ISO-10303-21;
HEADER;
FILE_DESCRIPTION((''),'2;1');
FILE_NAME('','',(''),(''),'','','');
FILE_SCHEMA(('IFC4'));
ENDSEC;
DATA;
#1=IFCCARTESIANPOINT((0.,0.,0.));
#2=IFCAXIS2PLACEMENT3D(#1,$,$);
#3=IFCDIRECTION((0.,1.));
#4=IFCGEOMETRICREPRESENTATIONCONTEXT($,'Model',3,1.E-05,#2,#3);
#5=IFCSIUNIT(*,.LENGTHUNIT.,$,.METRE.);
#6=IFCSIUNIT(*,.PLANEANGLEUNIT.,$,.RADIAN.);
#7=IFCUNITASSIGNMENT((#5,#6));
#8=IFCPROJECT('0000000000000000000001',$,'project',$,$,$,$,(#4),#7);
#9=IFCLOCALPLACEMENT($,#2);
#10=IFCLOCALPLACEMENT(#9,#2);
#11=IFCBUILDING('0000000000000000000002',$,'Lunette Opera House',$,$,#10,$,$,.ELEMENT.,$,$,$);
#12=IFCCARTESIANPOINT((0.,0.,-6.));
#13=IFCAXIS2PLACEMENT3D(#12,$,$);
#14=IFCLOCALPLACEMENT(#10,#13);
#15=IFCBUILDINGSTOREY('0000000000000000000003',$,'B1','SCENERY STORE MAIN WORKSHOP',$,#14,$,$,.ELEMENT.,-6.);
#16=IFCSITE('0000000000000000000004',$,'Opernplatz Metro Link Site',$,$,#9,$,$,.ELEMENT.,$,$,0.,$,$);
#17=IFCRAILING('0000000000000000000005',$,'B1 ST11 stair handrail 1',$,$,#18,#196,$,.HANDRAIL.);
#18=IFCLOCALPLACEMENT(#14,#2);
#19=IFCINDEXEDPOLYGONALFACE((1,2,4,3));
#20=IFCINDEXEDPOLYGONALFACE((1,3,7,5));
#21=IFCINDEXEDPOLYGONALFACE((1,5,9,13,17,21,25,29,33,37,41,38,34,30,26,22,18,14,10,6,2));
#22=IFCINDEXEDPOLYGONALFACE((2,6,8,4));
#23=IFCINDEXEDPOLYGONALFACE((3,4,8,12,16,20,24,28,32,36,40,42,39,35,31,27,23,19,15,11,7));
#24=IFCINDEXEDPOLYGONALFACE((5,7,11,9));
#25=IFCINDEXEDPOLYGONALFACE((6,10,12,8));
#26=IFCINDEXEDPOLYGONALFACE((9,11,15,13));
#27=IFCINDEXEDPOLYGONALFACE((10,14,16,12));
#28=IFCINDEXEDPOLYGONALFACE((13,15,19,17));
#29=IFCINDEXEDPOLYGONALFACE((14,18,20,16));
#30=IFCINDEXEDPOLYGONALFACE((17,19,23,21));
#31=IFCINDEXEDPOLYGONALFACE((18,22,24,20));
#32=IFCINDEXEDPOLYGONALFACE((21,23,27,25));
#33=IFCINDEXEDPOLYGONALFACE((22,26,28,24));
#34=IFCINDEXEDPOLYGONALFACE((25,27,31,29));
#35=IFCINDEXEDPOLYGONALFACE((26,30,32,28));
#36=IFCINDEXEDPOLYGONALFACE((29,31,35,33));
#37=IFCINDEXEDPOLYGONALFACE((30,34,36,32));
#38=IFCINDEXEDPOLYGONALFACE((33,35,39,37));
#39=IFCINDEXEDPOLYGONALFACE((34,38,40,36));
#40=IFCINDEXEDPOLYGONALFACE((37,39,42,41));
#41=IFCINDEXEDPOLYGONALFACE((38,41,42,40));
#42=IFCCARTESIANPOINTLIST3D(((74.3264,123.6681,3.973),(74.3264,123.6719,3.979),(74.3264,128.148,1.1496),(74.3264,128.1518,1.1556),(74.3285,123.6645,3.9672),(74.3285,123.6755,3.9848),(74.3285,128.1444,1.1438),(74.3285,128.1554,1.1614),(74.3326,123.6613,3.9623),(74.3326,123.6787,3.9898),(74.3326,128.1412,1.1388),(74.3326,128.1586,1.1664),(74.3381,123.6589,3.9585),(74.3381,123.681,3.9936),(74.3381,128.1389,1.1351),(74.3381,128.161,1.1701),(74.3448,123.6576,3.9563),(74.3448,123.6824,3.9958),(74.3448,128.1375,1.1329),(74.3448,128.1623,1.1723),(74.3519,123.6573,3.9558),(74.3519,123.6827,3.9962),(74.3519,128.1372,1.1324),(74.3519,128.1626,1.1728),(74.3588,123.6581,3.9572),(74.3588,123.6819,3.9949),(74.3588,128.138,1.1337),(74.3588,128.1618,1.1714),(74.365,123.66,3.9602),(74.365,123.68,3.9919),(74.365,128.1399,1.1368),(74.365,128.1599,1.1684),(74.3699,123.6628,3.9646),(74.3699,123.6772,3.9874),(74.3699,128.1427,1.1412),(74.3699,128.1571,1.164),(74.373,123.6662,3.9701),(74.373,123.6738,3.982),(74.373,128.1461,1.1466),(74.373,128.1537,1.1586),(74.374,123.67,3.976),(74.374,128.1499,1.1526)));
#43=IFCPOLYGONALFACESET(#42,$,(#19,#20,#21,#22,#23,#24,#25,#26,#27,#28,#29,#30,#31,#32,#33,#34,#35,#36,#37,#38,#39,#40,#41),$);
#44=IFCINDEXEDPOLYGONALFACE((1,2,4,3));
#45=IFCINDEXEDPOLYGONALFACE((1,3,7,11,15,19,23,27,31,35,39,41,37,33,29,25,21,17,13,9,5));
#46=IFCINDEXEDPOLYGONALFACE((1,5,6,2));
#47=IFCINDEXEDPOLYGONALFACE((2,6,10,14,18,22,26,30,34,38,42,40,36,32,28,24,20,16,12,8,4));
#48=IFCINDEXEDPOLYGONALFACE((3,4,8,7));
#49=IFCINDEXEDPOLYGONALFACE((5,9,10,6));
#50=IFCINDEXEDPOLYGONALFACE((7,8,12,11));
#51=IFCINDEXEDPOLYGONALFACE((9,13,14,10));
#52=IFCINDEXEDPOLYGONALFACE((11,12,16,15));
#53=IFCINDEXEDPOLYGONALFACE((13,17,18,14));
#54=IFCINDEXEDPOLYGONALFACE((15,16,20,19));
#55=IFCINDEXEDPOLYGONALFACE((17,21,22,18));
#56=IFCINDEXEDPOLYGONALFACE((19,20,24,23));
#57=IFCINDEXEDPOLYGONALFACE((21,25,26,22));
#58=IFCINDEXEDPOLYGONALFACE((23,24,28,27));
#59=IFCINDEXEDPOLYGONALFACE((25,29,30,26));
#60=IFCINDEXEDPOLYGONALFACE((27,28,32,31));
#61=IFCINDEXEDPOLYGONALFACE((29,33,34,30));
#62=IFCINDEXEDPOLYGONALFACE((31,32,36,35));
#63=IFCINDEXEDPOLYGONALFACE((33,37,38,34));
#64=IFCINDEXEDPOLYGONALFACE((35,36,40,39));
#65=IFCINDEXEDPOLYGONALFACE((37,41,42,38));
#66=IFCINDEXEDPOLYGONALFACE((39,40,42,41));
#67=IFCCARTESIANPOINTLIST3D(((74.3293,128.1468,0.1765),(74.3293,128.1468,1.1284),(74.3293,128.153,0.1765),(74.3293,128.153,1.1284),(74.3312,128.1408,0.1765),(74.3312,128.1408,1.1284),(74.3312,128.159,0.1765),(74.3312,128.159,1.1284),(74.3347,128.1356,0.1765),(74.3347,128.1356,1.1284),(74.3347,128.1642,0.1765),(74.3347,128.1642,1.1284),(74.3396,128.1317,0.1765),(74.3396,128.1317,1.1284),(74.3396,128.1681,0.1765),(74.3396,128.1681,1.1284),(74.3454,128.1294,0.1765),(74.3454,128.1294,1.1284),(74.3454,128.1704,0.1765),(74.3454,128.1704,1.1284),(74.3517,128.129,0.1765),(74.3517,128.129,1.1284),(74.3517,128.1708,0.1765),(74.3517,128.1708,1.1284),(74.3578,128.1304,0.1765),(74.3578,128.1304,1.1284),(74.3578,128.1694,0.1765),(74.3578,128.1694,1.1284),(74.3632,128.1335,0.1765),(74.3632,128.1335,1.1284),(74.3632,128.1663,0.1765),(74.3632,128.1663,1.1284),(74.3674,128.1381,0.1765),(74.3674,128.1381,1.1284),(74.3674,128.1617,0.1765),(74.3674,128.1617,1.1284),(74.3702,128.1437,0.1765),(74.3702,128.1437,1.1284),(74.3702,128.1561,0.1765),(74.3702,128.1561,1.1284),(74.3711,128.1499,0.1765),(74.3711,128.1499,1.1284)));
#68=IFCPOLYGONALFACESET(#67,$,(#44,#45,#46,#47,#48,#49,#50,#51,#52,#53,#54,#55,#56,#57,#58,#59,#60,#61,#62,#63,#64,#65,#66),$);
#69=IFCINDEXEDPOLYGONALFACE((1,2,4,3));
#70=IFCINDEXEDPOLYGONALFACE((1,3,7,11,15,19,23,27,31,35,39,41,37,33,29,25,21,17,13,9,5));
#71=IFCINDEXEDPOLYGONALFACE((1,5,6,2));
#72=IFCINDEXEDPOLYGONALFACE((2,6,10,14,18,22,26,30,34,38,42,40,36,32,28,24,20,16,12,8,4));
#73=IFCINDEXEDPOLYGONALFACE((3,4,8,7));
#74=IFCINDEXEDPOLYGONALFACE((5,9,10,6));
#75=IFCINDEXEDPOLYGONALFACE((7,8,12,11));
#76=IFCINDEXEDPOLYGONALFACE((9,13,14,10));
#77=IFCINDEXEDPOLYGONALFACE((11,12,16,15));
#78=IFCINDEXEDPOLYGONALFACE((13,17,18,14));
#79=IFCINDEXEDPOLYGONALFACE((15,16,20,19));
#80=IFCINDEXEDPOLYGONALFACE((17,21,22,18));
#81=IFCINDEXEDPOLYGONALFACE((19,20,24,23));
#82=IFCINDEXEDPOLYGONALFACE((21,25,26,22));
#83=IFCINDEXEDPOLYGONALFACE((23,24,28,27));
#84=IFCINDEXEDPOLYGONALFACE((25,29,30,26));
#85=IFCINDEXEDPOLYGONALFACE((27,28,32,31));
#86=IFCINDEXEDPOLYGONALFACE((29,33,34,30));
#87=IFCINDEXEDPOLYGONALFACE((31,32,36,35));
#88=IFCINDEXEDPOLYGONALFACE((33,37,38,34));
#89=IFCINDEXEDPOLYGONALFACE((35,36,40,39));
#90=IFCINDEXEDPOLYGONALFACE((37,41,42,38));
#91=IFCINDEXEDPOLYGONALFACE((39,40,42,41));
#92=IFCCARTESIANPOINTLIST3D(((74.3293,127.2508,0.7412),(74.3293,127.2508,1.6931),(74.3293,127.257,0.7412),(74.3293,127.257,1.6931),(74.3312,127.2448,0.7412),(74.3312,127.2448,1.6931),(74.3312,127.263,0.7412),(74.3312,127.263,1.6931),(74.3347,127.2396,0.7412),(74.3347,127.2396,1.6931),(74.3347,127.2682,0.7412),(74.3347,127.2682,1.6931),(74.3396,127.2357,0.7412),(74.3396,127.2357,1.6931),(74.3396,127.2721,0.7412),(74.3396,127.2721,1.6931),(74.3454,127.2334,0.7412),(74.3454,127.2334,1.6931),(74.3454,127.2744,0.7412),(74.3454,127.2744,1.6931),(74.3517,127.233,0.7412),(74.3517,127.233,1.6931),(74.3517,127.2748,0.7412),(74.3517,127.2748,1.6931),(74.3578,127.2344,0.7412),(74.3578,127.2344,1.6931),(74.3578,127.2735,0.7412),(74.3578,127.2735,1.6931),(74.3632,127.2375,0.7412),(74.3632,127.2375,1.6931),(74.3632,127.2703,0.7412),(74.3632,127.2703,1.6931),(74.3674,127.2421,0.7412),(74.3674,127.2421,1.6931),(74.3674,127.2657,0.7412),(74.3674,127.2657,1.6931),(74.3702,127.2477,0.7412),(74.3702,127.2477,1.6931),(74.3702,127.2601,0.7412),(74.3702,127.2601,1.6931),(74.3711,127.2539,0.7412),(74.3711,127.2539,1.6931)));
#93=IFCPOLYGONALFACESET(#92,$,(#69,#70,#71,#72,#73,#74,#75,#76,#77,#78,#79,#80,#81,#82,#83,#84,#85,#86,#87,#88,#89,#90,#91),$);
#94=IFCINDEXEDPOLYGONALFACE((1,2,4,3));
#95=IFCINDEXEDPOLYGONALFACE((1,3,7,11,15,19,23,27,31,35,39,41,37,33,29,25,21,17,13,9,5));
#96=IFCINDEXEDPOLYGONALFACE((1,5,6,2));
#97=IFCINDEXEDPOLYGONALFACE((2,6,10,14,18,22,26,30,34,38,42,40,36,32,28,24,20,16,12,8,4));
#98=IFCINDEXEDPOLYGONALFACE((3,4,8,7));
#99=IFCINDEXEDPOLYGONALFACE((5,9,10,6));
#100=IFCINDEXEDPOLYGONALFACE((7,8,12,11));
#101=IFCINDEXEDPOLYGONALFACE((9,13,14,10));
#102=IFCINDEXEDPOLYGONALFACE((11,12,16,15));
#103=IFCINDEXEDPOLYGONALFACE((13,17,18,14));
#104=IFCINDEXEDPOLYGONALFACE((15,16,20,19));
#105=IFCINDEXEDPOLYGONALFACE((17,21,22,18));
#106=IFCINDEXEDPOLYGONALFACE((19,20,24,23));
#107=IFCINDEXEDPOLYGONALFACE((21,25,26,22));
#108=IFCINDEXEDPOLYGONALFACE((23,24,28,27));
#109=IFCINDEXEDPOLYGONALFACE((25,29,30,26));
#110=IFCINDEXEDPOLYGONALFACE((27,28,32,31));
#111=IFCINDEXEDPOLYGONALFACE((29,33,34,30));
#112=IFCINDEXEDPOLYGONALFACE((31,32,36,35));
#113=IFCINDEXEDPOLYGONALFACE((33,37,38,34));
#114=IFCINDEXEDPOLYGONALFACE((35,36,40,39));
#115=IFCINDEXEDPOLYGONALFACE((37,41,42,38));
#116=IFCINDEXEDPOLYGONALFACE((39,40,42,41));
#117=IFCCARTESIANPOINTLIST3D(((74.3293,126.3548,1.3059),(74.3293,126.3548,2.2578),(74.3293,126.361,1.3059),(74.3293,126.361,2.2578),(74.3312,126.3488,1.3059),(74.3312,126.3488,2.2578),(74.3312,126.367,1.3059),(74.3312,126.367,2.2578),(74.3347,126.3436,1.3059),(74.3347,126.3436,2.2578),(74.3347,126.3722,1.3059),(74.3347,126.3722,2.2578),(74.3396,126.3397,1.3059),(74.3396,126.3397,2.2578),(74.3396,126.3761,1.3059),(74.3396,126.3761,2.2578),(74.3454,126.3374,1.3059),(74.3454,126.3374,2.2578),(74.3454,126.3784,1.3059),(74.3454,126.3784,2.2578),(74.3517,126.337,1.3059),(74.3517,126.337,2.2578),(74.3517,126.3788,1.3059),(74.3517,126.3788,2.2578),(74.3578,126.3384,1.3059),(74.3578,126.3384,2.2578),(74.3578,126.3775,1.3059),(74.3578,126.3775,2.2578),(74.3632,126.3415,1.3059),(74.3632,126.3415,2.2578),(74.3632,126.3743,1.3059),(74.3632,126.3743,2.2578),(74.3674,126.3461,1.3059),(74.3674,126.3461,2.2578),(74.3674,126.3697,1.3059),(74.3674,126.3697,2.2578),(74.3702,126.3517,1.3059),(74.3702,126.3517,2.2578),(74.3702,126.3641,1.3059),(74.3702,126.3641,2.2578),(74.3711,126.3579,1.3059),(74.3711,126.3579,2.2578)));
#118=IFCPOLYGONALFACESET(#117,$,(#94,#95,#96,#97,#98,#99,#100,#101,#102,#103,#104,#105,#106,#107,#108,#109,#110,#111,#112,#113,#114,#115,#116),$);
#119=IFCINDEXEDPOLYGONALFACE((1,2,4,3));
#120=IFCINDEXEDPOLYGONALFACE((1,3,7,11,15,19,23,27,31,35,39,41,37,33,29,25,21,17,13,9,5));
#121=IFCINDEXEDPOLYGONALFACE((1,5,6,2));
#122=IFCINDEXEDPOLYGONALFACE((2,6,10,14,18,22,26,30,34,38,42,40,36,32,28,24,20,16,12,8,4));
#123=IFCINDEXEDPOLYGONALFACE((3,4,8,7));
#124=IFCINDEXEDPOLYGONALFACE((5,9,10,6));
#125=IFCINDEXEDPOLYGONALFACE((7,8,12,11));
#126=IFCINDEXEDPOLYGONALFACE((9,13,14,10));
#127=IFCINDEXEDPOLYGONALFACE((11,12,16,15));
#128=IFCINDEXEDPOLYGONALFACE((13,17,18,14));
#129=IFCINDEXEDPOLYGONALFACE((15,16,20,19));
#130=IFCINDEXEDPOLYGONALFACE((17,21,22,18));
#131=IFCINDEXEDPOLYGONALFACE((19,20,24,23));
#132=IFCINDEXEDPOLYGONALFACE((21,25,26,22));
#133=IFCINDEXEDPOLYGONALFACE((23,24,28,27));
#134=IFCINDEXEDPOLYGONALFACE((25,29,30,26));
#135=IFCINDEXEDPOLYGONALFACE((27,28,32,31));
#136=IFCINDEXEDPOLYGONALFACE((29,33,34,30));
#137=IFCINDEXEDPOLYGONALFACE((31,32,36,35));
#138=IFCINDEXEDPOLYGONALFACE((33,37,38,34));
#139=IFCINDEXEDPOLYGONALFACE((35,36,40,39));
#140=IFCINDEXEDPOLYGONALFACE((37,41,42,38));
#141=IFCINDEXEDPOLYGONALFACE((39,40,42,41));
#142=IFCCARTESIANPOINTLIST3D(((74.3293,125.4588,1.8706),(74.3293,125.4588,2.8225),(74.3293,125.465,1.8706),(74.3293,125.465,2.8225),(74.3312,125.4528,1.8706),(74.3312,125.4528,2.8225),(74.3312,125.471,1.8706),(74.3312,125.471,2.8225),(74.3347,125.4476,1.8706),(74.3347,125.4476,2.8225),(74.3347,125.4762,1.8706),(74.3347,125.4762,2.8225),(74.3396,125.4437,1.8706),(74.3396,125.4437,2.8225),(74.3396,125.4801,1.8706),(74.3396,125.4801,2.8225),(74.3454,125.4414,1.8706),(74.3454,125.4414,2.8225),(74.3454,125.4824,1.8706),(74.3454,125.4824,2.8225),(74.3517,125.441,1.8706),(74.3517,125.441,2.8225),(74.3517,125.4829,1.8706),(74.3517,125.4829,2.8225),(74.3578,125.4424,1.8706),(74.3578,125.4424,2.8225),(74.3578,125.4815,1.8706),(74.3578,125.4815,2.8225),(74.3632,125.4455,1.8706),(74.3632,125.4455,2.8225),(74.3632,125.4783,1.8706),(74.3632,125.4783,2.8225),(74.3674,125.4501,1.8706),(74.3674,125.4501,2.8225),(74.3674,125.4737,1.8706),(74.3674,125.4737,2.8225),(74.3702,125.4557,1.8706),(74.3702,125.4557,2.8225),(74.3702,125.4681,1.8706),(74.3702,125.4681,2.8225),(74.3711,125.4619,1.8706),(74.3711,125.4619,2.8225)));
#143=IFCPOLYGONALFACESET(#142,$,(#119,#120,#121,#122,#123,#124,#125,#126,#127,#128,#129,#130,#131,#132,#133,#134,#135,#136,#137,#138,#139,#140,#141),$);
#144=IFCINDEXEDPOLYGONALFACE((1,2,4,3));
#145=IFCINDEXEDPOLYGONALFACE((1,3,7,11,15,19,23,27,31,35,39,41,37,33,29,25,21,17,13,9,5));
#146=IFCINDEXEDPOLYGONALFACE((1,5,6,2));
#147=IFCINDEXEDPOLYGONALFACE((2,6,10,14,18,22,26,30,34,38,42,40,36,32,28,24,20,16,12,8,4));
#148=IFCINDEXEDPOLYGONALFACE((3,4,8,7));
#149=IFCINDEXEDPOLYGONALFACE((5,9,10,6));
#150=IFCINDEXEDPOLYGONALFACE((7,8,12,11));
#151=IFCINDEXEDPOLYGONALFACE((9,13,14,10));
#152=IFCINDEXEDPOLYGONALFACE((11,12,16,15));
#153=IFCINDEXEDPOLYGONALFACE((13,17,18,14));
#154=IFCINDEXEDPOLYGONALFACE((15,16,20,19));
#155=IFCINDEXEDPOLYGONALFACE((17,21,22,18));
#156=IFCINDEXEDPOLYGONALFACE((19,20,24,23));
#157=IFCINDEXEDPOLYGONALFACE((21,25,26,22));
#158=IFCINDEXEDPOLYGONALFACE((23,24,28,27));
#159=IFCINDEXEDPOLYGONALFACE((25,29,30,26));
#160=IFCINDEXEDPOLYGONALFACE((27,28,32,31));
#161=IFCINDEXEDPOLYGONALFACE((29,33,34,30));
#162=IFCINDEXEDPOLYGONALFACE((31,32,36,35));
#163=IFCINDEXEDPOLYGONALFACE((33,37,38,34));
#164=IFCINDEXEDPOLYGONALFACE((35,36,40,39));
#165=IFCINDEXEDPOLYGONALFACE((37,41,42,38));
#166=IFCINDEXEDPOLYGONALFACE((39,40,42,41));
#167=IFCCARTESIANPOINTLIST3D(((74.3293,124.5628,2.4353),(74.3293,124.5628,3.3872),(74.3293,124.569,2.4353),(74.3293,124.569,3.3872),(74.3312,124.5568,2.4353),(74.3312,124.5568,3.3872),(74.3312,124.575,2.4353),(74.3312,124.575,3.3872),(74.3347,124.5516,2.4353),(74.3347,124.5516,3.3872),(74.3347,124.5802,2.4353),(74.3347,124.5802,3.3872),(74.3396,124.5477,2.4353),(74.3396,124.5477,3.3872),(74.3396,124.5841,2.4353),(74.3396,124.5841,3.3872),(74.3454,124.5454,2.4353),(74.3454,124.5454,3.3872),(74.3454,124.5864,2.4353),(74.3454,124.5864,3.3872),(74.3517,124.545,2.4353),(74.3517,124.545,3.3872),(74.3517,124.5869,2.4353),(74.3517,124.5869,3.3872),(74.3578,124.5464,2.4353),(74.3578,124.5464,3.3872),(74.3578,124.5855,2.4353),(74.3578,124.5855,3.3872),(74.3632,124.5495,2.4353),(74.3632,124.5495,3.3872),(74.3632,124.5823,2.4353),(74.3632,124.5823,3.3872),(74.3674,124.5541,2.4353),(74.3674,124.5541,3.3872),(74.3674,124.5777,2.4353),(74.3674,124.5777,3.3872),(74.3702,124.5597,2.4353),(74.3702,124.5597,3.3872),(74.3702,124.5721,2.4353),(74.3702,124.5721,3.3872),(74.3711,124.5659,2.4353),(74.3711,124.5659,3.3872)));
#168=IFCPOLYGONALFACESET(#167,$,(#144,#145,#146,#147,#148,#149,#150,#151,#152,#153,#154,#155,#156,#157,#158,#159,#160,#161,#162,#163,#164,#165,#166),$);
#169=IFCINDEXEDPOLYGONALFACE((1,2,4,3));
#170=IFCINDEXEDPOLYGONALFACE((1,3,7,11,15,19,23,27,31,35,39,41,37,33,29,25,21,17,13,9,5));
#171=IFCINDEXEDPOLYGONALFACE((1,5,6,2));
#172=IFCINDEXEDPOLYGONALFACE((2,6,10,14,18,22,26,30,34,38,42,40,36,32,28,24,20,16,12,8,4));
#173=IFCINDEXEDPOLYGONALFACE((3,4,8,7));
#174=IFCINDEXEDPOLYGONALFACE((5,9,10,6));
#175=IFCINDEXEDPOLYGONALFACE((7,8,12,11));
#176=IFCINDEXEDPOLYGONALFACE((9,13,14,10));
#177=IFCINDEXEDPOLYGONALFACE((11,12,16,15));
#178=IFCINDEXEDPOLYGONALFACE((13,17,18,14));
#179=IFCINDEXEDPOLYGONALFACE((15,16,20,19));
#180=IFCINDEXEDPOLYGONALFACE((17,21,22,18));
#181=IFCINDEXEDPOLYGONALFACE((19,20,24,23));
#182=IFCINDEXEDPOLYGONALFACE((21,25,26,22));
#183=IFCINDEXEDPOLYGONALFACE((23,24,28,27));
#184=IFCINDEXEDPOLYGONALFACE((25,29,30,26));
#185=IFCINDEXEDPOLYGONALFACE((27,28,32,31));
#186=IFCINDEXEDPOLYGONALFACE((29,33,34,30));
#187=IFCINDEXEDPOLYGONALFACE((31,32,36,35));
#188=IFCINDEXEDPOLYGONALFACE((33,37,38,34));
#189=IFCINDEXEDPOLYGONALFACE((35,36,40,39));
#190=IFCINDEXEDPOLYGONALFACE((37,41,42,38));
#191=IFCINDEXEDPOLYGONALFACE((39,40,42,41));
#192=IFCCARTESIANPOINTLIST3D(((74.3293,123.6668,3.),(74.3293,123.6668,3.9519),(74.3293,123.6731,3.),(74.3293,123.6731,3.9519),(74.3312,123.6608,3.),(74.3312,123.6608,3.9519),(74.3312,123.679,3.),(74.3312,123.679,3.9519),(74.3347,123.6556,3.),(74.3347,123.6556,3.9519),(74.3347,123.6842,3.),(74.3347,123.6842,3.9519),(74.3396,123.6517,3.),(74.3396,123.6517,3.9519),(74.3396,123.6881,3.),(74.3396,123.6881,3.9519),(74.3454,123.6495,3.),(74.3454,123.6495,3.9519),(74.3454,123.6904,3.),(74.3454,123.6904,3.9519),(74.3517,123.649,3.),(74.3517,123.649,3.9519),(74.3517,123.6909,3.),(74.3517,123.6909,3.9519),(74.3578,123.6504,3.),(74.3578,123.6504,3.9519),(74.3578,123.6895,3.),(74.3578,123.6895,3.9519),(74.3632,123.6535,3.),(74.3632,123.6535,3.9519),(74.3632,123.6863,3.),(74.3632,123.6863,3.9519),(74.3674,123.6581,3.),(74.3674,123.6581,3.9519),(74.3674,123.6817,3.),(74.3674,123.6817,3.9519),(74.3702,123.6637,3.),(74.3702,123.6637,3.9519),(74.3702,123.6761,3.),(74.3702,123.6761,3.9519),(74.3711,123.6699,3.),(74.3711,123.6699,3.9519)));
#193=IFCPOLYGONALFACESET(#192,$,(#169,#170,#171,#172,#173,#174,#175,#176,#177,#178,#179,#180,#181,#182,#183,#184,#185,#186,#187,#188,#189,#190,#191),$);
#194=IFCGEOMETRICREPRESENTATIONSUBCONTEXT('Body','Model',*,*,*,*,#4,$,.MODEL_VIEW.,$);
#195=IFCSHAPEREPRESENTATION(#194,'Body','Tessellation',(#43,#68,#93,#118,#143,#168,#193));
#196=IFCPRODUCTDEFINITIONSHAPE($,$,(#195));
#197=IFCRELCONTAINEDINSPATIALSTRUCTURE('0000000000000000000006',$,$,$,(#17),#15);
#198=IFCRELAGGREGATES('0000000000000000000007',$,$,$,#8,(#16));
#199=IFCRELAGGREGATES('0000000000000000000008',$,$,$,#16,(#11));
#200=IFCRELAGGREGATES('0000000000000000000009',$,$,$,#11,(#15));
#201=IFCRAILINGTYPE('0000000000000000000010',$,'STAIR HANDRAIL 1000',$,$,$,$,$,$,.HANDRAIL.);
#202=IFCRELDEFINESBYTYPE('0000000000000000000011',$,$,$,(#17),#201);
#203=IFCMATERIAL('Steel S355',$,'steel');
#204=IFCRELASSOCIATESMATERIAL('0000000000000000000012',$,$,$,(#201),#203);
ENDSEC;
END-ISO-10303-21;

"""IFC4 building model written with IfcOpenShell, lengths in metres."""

from ifc_helpers import new_model, si_unit, direction, frame, origin, origin_2d, place, context, subcontext, project, spatial, circle, extrude, material, type_object, element, save


model = new_model("IFC4")

# Units and contexts
model_context = context("Model", 3, precision=1e-05, world=origin(), true_north=direction((0.0, 1.0)))
body_context = subcontext(model_context, "Body", "Model", "MODEL_VIEW")
ifc_project = project(units=[si_unit("LENGTHUNIT", "METRE"), si_unit("PLANEANGLEUNIT", "RADIAN")], contexts=[model_context])

# Site, building, storey
site_placement = place(None, origin())
site = spatial("IfcSite", under=ifc_project, at=site_placement, Name="Opernplatz Metro Link Site", CompositionType="ELEMENT", RefElevation=0.0)
building_placement = place(site_placement, origin())
building = spatial("IfcBuilding", under=site, at=building_placement, Name="Lunette Opera House", CompositionType="ELEMENT")
storey_placement = place(building_placement, frame((0.0, 0.0, -6.0)))
storey = spatial("IfcBuildingStorey", under=building, at=storey_placement, Name="B1", Description="SCENERY STORE MAIN WORKSHOP", CompositionType="ELEMENT", Elevation=-6.0)

# Railing
ifc_material_1 = material(Name="Steel S355", Category="steel")
railing_type_1 = type_object("IfcRailingType", Name="STAIR HANDRAIL 1000", PredefinedType="HANDRAIL", material=ifc_material_1)
railing_1_placement = place(storey_placement, frame((74.3501, 128.1499, 0.1765)))
element("IfcRailing", 1, at=railing_1_placement, inside=storey, type_object=railing_type_1, Name="B1 ST11 stair handrail 1", PredefinedType="HANDRAIL", context=body_context, shape_type="SweptSolid", body=[
    extrude(circle(Radius=0.0239, at=origin_2d()), frame((0.0, 0.0, 0.9761), z_axis=(0.0, -0.845998, 0.533186), x_axis=(1.0, 0.0, 0.0)), (0.0, 0.0, 1.0), 5.2954),
    extrude(circle(Radius=0.021, at=origin_2d()), origin(), (0.0, 0.0, 1.0), 0.9519),
    extrude(circle(Radius=0.021, at=origin_2d()), frame((0.0, -0.896, 0.5647)), (0.0, 0.0, 1.0), 0.9519),
    extrude(circle(Radius=0.021, at=origin_2d()), frame((0.0, -1.792, 1.1294)), (0.0, 0.0, 1.0), 0.9519),
    extrude(circle(Radius=0.021, at=origin_2d()), frame((0.0, -2.688, 1.6941)), (0.0, 0.0, 1.0), 0.9519),
    extrude(circle(Radius=0.021, at=origin_2d()), frame((0.0, -3.584, 2.2588)), (0.0, 0.0, 1.0), 0.9519),
    extrude(circle(Radius=0.021, at=origin_2d()), frame((0.0, -4.48, 2.8235)), (0.0, 0.0, 1.0), 0.9519),
])

save(model, "model.ifc")
